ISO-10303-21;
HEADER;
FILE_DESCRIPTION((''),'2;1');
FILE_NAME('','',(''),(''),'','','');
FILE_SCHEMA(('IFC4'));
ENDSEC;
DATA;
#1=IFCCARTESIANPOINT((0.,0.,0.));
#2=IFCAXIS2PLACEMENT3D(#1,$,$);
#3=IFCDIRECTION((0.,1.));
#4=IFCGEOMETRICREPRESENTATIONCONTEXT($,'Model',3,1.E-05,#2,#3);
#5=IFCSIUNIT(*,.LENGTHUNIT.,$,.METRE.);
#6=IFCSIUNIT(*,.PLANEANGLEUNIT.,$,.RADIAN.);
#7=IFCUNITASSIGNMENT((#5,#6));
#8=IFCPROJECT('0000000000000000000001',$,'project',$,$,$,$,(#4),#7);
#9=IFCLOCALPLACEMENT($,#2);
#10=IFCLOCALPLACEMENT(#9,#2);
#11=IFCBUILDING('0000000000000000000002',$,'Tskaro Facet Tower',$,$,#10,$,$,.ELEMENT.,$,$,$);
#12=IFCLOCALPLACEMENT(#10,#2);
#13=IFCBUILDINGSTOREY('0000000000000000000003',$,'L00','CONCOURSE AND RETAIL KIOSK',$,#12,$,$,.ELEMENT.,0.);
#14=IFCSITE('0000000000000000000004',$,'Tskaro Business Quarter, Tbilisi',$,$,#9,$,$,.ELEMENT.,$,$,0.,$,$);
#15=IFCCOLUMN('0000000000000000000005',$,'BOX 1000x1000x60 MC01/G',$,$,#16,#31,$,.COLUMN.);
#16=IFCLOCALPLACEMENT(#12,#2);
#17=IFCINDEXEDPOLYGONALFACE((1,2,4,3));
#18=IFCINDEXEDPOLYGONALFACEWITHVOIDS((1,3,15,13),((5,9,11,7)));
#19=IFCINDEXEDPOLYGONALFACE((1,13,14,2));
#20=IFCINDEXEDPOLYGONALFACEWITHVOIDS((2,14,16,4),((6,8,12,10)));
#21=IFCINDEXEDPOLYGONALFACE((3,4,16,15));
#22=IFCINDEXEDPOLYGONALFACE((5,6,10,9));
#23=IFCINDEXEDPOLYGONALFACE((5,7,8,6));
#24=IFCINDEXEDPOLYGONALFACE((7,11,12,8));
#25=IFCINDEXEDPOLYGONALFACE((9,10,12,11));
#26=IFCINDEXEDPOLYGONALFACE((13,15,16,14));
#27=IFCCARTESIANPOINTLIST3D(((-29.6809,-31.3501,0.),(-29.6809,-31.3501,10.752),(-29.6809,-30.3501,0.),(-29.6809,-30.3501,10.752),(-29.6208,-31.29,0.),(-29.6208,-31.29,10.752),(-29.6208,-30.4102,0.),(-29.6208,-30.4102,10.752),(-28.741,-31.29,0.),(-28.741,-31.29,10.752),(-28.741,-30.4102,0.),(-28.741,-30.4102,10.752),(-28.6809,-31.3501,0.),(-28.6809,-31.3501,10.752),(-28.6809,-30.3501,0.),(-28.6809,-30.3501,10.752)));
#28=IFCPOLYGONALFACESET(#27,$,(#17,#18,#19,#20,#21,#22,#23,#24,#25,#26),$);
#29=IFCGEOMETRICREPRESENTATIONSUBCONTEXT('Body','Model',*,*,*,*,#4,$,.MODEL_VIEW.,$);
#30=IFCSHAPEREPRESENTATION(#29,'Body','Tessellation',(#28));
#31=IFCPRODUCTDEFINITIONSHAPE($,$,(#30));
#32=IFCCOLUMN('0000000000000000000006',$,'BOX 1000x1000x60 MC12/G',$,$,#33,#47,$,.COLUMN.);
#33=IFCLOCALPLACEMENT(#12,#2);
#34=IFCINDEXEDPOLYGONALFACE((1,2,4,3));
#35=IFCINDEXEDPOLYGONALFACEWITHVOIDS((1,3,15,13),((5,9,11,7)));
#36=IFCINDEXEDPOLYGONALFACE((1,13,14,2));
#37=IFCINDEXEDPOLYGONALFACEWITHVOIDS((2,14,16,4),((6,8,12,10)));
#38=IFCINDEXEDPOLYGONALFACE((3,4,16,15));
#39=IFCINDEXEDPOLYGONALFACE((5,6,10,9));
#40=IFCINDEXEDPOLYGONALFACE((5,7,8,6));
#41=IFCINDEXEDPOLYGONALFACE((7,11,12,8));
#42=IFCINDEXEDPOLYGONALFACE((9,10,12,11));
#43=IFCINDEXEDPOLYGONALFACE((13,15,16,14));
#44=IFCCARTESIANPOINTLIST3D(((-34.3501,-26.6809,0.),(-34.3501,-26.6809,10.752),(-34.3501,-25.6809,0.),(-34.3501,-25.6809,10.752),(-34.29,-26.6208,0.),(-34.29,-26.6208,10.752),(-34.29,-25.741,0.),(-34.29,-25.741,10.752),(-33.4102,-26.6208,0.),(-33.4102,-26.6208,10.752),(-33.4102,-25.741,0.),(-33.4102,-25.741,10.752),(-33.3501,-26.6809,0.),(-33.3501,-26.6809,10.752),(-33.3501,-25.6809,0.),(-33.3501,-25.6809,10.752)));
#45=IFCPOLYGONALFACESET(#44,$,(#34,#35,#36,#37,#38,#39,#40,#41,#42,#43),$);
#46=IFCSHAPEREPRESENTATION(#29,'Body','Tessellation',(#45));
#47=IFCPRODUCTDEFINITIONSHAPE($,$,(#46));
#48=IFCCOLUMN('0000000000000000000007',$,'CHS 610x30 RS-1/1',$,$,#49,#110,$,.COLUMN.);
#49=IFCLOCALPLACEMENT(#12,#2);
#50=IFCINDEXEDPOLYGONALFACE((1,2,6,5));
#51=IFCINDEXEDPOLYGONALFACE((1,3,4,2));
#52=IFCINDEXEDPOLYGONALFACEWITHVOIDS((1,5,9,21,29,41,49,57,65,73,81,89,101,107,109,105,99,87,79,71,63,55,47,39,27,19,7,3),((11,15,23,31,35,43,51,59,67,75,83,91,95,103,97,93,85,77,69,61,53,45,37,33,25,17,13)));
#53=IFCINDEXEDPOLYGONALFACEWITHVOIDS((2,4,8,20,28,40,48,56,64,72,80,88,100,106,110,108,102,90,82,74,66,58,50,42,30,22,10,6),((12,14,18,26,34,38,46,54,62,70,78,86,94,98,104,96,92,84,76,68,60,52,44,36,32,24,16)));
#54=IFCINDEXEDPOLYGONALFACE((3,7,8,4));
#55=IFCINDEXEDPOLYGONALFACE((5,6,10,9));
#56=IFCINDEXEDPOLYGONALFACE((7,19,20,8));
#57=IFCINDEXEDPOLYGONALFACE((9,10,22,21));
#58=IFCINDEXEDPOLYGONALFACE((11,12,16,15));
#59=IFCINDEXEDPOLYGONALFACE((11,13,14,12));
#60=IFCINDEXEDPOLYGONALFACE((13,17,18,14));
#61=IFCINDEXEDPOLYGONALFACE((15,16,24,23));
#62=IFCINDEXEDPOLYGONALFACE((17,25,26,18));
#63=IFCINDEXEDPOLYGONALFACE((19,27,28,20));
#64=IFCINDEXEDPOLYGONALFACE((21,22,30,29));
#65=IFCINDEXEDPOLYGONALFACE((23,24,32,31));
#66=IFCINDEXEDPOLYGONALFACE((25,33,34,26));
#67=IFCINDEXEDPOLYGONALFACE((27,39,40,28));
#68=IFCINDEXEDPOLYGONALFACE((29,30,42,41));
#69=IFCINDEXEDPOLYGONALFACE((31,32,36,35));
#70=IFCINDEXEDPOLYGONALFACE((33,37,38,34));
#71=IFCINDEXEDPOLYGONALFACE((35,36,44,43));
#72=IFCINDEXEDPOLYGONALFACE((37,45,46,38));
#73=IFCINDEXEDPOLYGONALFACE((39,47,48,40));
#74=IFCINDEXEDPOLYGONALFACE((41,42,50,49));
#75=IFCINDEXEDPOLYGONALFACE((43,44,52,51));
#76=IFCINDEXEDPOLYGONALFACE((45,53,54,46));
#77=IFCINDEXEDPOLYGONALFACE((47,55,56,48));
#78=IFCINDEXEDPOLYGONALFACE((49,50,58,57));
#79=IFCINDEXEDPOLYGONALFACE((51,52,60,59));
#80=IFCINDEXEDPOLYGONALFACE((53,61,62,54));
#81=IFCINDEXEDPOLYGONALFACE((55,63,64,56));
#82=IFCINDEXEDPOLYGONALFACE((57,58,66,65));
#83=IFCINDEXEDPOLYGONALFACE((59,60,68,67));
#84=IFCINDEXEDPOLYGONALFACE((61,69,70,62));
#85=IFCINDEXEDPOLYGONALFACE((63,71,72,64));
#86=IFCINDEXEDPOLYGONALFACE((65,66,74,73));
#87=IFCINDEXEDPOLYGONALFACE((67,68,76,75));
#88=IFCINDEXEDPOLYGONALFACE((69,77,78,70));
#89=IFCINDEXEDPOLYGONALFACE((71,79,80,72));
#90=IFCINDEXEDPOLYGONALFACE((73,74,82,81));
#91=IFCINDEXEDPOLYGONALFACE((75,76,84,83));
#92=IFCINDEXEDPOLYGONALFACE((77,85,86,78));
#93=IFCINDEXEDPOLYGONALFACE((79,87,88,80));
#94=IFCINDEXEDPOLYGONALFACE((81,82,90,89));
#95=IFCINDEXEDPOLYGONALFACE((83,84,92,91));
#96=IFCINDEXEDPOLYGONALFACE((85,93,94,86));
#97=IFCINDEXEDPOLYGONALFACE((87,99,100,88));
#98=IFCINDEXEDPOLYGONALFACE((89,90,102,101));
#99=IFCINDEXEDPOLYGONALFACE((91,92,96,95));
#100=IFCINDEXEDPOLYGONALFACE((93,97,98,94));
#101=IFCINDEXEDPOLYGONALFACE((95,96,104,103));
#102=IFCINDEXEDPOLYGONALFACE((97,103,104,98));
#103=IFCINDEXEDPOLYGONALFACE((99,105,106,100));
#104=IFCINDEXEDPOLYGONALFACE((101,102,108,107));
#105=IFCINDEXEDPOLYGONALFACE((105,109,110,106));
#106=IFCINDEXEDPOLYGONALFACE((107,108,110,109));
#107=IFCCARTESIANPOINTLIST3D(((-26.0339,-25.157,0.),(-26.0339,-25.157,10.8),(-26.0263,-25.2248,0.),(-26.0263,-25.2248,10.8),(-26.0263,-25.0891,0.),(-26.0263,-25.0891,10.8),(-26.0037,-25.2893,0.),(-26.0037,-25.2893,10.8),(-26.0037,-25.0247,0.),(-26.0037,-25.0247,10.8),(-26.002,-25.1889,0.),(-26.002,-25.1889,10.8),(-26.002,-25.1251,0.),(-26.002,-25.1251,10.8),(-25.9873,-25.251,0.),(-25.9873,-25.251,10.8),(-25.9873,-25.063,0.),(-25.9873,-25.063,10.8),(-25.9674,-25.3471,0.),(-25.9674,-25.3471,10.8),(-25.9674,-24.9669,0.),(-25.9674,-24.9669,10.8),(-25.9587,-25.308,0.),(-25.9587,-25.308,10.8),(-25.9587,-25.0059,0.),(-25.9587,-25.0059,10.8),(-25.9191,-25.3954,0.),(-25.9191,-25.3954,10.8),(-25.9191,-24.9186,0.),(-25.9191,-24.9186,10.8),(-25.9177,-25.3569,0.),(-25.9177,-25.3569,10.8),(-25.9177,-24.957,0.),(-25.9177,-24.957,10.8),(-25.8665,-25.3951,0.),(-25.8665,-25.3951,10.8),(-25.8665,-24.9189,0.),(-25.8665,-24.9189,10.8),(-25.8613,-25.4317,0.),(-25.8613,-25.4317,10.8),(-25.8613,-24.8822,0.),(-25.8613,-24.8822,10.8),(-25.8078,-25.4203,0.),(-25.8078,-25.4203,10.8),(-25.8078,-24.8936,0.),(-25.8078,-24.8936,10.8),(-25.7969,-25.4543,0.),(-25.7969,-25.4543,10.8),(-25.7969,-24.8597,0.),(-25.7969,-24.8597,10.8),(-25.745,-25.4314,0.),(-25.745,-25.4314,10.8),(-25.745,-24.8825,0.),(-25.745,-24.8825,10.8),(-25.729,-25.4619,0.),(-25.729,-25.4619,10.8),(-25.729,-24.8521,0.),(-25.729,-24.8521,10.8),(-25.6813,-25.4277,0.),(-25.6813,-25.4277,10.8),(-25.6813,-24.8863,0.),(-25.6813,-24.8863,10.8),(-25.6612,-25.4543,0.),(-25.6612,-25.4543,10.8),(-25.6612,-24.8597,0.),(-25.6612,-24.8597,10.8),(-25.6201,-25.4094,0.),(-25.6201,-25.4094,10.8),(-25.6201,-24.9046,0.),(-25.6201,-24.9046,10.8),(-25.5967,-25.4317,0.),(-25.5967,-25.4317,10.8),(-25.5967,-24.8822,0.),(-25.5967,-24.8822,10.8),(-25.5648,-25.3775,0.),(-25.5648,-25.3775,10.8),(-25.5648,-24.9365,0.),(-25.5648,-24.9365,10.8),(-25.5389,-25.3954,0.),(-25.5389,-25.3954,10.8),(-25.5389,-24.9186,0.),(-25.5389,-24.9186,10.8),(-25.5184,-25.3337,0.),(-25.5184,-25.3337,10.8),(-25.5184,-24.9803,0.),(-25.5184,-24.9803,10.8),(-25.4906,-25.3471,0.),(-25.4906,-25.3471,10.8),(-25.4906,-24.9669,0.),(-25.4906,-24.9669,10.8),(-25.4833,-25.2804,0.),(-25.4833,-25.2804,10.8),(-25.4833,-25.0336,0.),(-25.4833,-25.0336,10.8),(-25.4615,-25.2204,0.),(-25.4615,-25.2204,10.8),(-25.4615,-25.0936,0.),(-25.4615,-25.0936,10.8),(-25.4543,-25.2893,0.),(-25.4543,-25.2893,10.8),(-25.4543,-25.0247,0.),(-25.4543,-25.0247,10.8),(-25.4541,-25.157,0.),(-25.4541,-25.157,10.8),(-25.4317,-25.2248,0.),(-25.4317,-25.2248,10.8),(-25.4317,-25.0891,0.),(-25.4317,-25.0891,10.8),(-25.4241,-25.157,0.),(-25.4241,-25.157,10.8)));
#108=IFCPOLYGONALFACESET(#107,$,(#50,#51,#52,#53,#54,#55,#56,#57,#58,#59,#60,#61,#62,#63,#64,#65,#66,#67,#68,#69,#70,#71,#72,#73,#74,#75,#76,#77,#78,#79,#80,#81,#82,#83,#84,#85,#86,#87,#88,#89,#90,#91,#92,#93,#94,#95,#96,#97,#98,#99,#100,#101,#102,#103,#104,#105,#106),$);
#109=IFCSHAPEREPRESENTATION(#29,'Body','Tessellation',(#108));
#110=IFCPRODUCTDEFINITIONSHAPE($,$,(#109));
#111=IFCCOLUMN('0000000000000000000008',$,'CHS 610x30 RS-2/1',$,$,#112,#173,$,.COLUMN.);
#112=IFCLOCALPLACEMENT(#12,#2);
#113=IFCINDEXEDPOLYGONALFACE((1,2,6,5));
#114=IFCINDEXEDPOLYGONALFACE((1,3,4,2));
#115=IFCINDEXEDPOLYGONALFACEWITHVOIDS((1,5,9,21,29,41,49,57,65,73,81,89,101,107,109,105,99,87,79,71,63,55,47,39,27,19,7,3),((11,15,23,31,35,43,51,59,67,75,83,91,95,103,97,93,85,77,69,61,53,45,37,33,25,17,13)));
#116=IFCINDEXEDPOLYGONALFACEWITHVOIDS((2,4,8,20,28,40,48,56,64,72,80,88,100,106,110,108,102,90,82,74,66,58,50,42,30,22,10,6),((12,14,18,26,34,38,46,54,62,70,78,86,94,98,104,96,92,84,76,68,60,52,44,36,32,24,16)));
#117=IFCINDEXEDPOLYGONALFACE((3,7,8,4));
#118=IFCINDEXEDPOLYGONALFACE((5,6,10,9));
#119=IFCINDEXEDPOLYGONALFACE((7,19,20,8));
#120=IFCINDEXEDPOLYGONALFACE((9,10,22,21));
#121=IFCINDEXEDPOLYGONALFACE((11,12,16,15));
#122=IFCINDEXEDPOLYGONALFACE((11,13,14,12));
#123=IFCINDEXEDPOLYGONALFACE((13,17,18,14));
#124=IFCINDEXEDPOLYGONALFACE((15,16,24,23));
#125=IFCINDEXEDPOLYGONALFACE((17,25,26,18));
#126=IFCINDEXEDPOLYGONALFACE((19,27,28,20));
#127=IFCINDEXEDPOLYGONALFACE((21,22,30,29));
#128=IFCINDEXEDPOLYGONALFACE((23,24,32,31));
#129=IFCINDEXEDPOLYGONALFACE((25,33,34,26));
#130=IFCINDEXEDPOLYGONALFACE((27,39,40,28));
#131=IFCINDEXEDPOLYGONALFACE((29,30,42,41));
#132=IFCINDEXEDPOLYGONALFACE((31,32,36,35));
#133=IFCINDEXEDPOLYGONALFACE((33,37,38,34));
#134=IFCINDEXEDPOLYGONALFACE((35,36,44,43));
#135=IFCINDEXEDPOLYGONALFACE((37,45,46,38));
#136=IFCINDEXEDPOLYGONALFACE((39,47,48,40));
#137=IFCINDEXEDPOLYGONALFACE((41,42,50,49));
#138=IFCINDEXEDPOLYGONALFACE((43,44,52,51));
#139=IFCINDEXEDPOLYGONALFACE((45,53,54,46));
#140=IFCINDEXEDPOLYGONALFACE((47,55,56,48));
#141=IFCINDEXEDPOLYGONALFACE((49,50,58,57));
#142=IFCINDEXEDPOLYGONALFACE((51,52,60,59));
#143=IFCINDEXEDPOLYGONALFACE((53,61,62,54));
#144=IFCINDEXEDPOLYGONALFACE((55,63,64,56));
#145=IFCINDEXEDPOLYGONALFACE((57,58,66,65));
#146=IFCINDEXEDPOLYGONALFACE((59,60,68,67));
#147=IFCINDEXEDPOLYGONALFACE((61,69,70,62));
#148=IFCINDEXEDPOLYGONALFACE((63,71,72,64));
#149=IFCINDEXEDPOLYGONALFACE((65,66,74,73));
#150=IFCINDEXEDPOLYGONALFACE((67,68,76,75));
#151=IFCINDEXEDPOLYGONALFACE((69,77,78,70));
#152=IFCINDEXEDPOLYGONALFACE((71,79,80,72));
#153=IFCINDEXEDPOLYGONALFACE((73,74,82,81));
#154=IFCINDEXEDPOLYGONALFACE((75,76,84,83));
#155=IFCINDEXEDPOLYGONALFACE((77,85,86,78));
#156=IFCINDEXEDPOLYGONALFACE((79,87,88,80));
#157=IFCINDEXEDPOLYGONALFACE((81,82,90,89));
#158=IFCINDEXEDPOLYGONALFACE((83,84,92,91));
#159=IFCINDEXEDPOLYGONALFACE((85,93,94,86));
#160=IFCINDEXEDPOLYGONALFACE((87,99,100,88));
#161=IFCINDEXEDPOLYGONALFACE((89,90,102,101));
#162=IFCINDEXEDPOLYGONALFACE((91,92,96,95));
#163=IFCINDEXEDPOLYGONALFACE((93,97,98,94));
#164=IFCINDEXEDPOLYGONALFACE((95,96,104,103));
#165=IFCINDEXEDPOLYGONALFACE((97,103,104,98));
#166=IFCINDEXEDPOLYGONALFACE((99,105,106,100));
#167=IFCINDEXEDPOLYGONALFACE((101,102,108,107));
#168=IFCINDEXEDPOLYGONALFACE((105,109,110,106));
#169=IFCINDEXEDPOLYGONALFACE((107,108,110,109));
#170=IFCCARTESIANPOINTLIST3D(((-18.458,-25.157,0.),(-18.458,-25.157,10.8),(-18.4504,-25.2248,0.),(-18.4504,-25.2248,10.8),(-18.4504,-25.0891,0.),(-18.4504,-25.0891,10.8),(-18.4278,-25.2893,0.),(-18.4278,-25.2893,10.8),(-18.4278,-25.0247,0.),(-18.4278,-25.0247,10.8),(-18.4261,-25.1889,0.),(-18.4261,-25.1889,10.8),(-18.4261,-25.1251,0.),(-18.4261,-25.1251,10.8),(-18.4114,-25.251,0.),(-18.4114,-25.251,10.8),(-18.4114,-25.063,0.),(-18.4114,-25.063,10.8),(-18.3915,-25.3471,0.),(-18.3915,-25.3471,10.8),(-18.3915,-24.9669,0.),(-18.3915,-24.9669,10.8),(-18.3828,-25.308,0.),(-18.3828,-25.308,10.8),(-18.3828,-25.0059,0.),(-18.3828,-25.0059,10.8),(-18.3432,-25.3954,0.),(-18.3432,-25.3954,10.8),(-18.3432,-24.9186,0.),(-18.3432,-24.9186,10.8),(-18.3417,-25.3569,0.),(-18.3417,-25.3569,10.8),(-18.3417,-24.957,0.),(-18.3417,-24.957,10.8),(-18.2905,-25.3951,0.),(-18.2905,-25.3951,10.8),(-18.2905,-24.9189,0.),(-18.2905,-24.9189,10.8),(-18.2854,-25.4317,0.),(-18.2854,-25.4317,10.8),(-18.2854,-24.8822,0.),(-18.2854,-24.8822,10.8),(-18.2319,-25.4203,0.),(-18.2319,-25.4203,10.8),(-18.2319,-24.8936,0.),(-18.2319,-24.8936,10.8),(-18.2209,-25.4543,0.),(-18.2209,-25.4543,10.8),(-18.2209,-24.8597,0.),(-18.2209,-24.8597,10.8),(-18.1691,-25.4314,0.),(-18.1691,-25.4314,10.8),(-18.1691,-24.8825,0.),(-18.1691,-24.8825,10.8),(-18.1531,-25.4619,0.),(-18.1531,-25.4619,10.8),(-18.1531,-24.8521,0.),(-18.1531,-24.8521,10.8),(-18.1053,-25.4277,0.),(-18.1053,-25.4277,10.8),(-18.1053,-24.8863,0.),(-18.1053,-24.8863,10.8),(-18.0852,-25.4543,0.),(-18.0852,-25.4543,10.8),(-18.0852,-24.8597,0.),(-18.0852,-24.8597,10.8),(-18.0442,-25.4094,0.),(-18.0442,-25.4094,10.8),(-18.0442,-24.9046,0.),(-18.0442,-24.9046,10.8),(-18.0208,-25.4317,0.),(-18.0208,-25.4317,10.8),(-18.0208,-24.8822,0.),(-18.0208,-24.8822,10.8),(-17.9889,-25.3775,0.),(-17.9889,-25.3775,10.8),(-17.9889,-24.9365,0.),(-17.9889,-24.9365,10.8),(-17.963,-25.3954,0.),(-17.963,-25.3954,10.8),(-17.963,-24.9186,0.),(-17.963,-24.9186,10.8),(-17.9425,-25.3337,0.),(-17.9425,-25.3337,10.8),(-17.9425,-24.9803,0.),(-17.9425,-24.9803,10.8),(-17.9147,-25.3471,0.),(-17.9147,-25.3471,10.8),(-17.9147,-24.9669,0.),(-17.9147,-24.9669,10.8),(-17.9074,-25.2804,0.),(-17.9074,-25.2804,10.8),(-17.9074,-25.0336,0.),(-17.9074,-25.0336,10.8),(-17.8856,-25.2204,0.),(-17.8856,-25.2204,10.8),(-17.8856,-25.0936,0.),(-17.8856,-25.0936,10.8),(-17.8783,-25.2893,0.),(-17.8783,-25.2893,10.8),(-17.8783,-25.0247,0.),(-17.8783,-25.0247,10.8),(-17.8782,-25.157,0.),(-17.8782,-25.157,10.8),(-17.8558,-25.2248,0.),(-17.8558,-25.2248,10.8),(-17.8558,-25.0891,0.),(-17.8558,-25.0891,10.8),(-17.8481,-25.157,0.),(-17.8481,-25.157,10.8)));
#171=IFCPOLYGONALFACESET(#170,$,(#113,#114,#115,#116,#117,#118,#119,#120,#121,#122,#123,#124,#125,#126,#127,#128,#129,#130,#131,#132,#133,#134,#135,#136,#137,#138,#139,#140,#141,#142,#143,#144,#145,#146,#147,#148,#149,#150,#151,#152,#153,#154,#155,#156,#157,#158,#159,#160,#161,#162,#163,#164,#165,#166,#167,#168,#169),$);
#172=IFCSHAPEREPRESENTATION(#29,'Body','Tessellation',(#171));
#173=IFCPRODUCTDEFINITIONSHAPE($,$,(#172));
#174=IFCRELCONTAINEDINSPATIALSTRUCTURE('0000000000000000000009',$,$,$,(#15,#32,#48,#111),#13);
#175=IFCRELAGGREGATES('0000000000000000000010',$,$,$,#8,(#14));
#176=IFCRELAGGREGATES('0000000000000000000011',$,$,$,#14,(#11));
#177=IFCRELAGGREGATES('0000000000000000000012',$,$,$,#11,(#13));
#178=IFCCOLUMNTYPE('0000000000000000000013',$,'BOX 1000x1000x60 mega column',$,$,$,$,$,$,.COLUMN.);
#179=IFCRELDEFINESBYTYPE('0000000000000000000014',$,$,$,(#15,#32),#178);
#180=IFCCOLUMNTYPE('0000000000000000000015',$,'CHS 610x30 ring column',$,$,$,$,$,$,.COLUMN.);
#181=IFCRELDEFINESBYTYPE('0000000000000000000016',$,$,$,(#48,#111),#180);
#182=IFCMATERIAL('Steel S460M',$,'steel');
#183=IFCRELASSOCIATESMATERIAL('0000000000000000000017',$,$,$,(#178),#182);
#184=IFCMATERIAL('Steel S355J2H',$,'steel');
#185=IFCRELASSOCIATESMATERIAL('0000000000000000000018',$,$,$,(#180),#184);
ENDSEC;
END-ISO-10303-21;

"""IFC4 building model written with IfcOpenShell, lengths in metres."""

from ifc_helpers import new_model, si_unit, direction, frame, origin, origin_2d, place, context, subcontext, project, spatial, hollow_rectangle, hollow_circle, extrude, material, material_profile, profile_set, type_object, element, save


model = new_model("IFC4")

# Units and contexts
model_context = context("Model", 3, precision=1e-05, world=origin(), true_north=direction((0.0, 1.0)))
body_context = subcontext(model_context, "Body", "Model", "MODEL_VIEW")
ifc_project = project(units=[si_unit("LENGTHUNIT", "METRE"), si_unit("PLANEANGLEUNIT", "RADIAN")], contexts=[model_context])

# Site, building, storey
site_placement = place(None, origin())
site = spatial("IfcSite", under=ifc_project, at=site_placement, Name="Tskaro Business Quarter, Tbilisi", CompositionType="ELEMENT", RefElevation=0.0)
building_placement = place(site_placement, origin())
building = spatial("IfcBuilding", under=site, at=building_placement, Name="Tskaro Facet Tower", CompositionType="ELEMENT")
storey_placement = place(building_placement, origin())
storey = spatial("IfcBuildingStorey", under=building, at=storey_placement, Name="L00", Description="CONCOURSE AND RETAIL KIOSK", CompositionType="ELEMENT", Elevation=0.0)

# Columns
ifc_material_1 = material(Name="Steel S460M", Category="steel")
ifc_material_profile_1 = material_profile(ifc_material_1, hollow_rectangle(XDim=1.0, YDim=1.0, WallThickness=0.0601, at=origin_2d()), Name="BOX 1000x1000x60")
ifc_profile_set_1 = profile_set([ifc_material_profile_1], Name="Steel S460M")
column_type_1 = type_object("IfcColumnType", Name="BOX 1000x1000x60 mega column", PredefinedType="COLUMN", material=ifc_profile_set_1)
for number, where, z_axis, x_axis, name in (
    (1, (-29.1809, -30.8501, 0.0), (0.0, 0.0, 1.0), (1.0, 0.0, 0.0), "BOX 1000x1000x60 MC01/G"),
    (2, (-33.8501, -26.1809, 0.0), (0.0, 0.0, 1.0), (1.0, 0.0, 0.0), "BOX 1000x1000x60 MC12/G"),
):
    element("IfcColumn", number, at=place(storey_placement, frame(where, z_axis=z_axis, x_axis=x_axis)), inside=storey, type_object=column_type_1, Name=name, PredefinedType="COLUMN", context=body_context, shape_type="SweptSolid", body=[
        extrude(hollow_rectangle(XDim=1.0, YDim=1.0, WallThickness=0.0601, at=origin_2d()), origin(), (0.0, 0.0, 1.0), 10.752),
    ])
ifc_material_2 = material(Name="Steel S355J2H", Category="steel")
ifc_material_profile_2 = material_profile(ifc_material_2, hollow_circle(Radius=0.3049, WallThickness=0.03, at=origin_2d()), Name="CHS 610x30")
ifc_profile_set_2 = profile_set([ifc_material_profile_2], Name="Steel S355J2H")
column_type_2 = type_object("IfcColumnType", Name="CHS 610x30 ring column", PredefinedType="COLUMN", material=ifc_profile_set_2)
for number, where, z_axis, x_axis, name in (
    (3, (-25.729, -25.157, 0.0), (0.0, 0.0, 1.0), (1.0, 0.0, 0.0), "CHS 610x30 RS-1/1"),
    (4, (-18.1531, -25.157, 0.0), (0.0, 0.0, 1.0), (1.0, 0.0, 0.0), "CHS 610x30 RS-2/1"),
):
    element("IfcColumn", number, at=place(storey_placement, frame(where, z_axis=z_axis, x_axis=x_axis)), inside=storey, type_object=column_type_2, Name=name, PredefinedType="COLUMN", context=body_context, shape_type="SweptSolid", body=[
        extrude(hollow_circle(Radius=0.3049, WallThickness=0.03, at=origin_2d()), origin(), (0.0, 0.0, 1.0), 10.8),
    ])

save(model, "model.ifc")
